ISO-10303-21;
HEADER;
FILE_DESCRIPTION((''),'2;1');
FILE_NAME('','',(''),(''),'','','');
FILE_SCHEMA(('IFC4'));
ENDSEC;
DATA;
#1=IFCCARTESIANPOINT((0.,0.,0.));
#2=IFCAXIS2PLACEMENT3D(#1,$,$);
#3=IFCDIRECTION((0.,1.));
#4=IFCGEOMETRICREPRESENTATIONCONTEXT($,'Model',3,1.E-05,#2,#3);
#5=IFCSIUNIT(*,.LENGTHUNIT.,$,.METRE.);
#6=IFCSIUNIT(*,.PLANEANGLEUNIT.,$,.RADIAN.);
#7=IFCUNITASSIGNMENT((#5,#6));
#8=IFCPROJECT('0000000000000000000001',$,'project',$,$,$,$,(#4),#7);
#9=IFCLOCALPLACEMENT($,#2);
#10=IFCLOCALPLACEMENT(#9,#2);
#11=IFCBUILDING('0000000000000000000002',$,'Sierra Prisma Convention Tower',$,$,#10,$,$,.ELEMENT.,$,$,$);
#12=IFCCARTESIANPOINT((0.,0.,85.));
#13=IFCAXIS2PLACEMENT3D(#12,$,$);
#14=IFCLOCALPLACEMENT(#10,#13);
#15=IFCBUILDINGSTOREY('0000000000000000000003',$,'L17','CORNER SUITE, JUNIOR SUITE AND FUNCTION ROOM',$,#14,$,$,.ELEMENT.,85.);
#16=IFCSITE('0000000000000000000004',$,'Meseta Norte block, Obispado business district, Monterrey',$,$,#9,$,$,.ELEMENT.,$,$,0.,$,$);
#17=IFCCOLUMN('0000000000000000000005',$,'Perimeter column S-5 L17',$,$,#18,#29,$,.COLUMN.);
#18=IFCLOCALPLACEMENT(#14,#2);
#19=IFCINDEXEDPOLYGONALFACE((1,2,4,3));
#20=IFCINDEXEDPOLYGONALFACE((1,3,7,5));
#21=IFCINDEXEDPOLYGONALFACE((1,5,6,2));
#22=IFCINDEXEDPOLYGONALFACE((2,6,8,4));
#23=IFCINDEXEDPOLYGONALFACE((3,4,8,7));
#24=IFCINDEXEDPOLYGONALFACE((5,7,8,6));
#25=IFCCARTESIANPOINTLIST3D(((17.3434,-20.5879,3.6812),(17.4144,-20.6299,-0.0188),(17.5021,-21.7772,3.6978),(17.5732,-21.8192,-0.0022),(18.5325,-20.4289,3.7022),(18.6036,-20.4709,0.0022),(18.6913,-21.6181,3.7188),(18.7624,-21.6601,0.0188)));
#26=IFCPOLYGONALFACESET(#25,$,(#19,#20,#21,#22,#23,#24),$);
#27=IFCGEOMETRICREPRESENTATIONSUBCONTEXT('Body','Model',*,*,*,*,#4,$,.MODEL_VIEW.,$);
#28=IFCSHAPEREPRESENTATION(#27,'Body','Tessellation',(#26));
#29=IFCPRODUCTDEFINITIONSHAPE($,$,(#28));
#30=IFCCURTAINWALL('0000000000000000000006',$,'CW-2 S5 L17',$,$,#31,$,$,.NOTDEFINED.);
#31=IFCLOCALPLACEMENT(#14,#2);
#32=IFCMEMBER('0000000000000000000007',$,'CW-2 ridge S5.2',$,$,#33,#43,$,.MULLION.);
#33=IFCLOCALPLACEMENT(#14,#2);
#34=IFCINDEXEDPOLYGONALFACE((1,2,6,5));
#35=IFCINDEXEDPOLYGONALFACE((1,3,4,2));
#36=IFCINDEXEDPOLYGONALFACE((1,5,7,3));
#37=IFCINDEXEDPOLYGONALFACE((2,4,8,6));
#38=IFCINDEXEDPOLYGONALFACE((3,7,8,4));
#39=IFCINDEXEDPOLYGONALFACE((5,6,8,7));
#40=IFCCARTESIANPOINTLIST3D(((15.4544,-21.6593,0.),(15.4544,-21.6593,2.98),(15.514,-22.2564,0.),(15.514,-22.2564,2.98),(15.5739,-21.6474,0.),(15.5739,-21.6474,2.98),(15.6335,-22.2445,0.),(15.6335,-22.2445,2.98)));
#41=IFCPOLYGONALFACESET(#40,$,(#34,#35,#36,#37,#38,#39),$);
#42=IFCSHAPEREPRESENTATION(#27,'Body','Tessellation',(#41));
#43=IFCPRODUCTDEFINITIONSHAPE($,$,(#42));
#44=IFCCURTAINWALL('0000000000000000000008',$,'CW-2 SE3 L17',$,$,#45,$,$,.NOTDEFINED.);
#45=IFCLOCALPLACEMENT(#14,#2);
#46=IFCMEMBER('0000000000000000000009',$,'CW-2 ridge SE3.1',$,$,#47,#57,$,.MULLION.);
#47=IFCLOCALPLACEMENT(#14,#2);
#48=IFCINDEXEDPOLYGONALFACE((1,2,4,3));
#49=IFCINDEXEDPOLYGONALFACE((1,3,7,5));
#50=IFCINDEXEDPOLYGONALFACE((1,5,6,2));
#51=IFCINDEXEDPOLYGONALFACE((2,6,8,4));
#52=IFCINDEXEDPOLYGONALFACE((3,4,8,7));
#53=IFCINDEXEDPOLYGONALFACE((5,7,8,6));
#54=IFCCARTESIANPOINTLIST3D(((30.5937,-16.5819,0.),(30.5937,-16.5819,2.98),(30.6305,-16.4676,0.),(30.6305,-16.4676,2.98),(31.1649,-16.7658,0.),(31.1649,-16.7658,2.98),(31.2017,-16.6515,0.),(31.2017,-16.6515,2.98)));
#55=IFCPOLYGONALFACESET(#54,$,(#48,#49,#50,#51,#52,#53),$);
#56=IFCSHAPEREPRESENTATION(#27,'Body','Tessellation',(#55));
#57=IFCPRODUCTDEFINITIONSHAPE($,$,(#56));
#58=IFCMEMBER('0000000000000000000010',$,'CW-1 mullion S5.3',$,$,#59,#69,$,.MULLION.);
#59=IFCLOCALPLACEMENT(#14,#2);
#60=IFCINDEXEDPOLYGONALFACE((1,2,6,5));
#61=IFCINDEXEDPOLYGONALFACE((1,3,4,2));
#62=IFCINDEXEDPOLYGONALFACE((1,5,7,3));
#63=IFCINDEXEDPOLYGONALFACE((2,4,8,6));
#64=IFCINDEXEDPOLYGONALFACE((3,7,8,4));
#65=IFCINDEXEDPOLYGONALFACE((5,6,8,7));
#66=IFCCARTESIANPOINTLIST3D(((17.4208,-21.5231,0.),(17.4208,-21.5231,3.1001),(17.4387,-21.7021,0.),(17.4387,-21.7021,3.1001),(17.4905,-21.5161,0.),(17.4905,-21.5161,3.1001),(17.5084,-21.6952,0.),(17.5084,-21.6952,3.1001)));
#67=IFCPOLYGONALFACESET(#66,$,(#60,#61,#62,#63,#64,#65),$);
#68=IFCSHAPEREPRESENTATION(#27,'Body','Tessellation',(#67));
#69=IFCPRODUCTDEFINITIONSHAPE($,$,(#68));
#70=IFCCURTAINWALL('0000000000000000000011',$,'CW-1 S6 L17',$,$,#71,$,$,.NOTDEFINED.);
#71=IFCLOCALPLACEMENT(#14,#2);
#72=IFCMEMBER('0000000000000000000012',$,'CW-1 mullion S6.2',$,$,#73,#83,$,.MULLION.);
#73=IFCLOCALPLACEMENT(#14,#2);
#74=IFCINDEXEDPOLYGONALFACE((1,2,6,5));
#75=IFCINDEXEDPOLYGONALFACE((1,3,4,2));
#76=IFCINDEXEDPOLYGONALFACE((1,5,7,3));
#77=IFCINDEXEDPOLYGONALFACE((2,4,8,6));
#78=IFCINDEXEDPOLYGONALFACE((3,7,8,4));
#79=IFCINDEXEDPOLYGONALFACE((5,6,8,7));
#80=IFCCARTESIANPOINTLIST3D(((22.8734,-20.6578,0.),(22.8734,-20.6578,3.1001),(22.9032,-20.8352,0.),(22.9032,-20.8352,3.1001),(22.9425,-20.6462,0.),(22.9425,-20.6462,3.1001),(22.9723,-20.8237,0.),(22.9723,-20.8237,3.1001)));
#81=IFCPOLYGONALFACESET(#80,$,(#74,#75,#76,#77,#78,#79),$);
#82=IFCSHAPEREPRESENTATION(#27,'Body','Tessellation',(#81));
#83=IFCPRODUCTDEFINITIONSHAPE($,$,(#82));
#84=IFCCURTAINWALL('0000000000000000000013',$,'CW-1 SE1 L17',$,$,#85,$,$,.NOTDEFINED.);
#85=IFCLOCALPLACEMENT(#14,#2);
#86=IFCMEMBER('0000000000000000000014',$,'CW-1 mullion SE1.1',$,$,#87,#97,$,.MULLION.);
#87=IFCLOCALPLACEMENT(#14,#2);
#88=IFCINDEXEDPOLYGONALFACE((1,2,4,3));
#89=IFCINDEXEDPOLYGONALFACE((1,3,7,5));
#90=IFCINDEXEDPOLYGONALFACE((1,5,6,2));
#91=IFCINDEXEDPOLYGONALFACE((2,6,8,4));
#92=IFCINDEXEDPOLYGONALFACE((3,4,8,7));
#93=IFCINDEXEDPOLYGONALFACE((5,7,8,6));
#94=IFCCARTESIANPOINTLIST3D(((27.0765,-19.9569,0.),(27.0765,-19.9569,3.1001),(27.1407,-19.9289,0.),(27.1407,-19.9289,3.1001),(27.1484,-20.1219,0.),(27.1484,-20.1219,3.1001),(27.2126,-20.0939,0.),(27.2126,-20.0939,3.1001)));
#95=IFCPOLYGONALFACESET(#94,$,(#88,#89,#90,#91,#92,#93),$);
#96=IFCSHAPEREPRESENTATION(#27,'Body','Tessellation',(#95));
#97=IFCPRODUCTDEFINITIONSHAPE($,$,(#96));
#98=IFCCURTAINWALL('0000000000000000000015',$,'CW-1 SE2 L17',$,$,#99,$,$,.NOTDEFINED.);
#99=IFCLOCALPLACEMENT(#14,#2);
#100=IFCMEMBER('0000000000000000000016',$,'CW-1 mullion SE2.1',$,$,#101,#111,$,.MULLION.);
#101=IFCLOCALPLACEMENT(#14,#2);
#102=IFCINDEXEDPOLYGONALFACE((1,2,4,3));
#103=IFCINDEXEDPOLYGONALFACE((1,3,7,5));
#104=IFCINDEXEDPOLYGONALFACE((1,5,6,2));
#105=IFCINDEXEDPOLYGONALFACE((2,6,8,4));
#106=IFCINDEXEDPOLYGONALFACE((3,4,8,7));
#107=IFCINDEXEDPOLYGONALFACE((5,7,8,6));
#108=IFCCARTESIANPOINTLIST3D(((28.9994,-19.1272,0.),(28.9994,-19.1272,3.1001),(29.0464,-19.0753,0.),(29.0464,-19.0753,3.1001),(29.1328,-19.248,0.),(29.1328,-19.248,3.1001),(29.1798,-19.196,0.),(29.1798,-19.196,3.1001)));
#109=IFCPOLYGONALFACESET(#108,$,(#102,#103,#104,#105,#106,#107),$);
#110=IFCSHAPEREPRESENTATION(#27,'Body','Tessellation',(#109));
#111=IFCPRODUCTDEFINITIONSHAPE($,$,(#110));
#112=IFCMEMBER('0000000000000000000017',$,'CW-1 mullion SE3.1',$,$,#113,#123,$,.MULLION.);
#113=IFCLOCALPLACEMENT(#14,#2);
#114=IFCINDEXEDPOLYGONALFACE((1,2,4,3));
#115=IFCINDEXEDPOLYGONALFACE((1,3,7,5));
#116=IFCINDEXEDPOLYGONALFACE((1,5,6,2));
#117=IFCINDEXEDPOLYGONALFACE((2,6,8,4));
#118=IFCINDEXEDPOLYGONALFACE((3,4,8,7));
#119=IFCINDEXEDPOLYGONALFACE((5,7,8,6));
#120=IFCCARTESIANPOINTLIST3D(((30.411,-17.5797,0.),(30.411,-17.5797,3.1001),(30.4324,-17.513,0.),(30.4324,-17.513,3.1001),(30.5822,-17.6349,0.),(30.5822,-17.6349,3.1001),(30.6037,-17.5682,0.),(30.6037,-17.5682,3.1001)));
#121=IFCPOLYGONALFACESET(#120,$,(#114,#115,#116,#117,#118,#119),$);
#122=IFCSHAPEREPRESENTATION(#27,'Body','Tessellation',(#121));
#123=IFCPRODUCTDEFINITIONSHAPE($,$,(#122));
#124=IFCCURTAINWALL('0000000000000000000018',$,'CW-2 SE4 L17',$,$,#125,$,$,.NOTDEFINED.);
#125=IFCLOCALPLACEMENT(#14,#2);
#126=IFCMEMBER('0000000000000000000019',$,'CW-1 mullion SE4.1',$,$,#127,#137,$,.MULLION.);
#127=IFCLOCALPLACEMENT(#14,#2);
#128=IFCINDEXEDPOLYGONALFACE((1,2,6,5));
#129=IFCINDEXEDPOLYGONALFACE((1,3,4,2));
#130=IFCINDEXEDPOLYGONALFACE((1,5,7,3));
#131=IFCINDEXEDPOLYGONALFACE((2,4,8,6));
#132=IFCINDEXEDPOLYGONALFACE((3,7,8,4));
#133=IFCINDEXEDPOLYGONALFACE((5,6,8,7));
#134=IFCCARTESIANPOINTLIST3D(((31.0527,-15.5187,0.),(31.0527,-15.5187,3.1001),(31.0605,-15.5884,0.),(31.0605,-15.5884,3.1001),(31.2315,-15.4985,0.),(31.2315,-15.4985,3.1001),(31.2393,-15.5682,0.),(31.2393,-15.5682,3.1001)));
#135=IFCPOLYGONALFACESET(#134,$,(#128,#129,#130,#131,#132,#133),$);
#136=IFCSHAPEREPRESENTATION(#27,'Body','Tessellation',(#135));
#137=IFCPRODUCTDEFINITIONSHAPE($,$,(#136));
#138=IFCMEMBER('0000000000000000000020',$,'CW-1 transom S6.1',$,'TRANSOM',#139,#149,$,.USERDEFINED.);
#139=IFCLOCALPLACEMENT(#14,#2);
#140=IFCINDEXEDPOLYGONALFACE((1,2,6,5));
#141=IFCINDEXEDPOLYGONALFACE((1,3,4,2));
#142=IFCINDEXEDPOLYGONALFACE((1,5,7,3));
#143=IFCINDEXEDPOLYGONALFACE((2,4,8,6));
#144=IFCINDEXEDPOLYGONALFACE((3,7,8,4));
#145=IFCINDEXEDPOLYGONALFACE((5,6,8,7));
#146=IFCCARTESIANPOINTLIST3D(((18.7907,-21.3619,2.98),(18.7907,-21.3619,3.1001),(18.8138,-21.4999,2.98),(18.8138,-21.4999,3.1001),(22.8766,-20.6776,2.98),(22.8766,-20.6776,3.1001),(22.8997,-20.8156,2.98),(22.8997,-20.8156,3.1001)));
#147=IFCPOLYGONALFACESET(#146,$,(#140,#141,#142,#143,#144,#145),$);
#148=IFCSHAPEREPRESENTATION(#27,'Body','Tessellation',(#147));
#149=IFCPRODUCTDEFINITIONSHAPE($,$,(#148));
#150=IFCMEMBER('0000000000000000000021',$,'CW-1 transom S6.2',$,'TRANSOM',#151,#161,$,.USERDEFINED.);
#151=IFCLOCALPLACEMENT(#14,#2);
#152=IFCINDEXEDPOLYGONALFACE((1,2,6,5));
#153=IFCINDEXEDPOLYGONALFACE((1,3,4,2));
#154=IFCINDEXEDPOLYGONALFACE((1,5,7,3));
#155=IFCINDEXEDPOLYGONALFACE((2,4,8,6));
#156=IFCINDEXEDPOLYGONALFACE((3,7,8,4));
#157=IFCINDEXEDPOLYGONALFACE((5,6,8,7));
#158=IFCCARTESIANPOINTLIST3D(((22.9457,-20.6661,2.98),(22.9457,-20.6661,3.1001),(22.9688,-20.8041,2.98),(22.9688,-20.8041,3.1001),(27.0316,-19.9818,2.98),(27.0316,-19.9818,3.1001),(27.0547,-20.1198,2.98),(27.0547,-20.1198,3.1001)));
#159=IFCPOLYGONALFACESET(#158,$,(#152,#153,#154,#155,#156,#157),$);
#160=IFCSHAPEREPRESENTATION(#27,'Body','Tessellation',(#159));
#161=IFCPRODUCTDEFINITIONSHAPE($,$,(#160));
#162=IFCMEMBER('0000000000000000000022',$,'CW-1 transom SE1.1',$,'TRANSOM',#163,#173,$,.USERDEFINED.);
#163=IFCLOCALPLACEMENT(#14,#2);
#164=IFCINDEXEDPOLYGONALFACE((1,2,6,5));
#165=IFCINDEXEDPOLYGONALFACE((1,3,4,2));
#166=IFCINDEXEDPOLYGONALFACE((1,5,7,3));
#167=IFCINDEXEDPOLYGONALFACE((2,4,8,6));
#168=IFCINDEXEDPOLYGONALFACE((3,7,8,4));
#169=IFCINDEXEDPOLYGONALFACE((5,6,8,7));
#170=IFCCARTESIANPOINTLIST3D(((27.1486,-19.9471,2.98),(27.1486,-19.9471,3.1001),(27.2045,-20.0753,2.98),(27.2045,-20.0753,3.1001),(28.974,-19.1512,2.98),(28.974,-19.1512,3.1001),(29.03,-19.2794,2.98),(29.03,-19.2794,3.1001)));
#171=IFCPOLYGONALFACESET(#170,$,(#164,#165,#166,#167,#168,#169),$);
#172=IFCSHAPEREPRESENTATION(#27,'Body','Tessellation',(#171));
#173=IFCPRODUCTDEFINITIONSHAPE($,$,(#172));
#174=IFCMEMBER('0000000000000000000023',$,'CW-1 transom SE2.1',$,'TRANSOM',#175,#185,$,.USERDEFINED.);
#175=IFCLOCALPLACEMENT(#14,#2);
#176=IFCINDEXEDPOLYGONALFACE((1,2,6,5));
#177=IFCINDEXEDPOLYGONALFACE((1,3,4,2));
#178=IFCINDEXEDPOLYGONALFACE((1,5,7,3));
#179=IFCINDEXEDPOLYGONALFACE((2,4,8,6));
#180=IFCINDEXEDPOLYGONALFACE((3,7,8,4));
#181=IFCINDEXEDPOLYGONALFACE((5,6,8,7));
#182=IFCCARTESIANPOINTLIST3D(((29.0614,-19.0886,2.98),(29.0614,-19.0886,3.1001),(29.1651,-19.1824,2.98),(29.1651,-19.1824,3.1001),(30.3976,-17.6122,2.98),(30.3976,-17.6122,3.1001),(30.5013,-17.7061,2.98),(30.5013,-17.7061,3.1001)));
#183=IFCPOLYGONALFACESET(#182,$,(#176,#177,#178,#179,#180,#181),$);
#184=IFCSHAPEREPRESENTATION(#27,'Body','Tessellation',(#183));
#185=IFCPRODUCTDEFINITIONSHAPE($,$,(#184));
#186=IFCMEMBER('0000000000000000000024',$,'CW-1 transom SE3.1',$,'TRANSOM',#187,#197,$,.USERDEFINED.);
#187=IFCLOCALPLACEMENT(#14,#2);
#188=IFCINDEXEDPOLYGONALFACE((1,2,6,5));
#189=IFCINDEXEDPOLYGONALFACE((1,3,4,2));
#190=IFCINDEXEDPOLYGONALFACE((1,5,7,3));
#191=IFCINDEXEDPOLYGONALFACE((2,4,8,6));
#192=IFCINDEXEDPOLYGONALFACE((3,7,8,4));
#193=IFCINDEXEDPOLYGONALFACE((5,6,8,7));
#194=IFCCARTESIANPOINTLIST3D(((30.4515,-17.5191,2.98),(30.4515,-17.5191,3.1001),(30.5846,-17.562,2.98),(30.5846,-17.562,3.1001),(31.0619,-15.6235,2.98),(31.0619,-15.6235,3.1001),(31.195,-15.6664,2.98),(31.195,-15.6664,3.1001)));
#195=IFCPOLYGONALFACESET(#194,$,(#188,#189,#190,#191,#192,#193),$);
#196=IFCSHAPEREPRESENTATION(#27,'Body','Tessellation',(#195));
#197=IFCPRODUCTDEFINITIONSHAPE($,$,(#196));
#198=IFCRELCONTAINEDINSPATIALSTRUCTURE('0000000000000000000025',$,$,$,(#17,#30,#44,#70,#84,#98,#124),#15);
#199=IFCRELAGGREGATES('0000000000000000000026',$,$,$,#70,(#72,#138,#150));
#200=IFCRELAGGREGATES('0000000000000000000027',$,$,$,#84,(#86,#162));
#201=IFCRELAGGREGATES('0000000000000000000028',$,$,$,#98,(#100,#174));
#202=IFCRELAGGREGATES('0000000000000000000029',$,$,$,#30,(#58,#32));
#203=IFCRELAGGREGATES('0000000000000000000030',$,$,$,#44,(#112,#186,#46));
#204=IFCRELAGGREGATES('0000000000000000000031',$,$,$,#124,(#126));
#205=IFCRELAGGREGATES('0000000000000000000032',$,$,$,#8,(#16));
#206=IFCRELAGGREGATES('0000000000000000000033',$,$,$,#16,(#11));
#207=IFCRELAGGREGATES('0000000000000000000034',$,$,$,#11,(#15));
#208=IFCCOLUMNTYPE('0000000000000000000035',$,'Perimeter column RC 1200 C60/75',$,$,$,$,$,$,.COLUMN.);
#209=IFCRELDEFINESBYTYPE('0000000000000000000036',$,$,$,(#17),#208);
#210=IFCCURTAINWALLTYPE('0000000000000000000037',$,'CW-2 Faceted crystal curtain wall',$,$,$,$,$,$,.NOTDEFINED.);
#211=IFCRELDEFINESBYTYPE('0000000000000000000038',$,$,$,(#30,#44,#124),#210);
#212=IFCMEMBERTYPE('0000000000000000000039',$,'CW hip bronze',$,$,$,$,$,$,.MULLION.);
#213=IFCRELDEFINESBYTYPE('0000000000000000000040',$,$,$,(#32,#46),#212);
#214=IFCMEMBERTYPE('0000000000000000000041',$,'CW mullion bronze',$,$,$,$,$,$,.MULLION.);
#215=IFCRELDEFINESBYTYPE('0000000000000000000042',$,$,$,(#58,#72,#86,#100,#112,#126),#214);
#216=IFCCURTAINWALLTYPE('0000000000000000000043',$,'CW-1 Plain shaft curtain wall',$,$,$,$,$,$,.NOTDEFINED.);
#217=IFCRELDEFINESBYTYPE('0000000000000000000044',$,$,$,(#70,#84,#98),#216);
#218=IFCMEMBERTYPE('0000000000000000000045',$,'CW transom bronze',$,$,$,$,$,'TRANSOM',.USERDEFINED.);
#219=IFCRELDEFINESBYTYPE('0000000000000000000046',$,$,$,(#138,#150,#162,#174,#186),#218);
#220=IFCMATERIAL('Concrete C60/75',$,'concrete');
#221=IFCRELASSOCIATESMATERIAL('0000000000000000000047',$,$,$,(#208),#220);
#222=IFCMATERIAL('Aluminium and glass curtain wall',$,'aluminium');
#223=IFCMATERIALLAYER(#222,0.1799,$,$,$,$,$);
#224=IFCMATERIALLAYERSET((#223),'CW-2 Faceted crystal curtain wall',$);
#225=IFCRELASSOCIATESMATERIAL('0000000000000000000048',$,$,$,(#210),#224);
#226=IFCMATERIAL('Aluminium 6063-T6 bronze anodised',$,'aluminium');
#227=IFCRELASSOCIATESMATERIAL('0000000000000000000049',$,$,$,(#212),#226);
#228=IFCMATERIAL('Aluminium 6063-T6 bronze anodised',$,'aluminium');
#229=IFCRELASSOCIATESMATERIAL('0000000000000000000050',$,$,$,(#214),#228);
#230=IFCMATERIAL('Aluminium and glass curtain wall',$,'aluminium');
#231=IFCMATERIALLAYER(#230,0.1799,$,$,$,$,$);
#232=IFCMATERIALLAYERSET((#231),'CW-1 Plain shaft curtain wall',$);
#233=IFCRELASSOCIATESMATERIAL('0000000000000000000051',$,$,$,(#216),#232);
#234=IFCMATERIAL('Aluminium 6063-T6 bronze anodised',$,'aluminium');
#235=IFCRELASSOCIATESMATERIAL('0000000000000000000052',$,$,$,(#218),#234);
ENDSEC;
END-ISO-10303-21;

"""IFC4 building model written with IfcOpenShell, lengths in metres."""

from ifc_helpers import new_model, si_unit, direction, frame, origin, origin_2d, place, context, subcontext, project, spatial, rectangle, extrude, material, layer, layer_set, material_profile, profile_set, type_object, element, aggregate, save


model = new_model("IFC4")

# Units and contexts
model_context = context("Model", 3, precision=1e-05, world=origin(), true_north=direction((0.0, 1.0)))
body_context = subcontext(model_context, "Body", "Model", "MODEL_VIEW")
ifc_project = project(units=[si_unit("LENGTHUNIT", "METRE"), si_unit("PLANEANGLEUNIT", "RADIAN")], contexts=[model_context])

# Site, building, storey
site_placement = place(None, origin())
site = spatial("IfcSite", under=ifc_project, at=site_placement, Name="Meseta Norte block, Obispado business district, Monterrey", CompositionType="ELEMENT", RefElevation=0.0)
building_placement = place(site_placement, origin())
building = spatial("IfcBuilding", under=site, at=building_placement, Name="Sierra Prisma Convention Tower", CompositionType="ELEMENT")
storey_placement = place(building_placement, frame((0.0, 0.0, 85.0)))
storey = spatial("IfcBuildingStorey", under=building, at=storey_placement, Name="L17", Description="CORNER SUITE, JUNIOR SUITE AND FUNCTION ROOM", CompositionType="ELEMENT", Elevation=85.0)

# Column
ifc_material_1 = material(Name="Concrete C60/75", Category="concrete")
ifc_material_profile_1 = material_profile(ifc_material_1, rectangle(XDim=1.2, YDim=1.2, at=origin_2d()), Name="Perimeter column RC 1200 C60/75")
ifc_profile_set_1 = profile_set([ifc_material_profile_1], Name="Concrete C60/75")
column_type = type_object("IfcColumnType", Name="Perimeter column RC 1200 C60/75", PredefinedType="COLUMN", material=ifc_profile_set_1)
column_placement = place(storey_placement, frame((18.0884, -21.145, 0.0), z_axis=(-0.019197, 0.011347, 0.999751), x_axis=(0.991022, 0.132545, 0.017525)))
element("IfcColumn", 1, at=column_placement, inside=storey, type_object=column_type, Name="Perimeter column S-5 L17", PredefinedType="COLUMN", context=body_context, shape_type="SweptSolid", body=[
    extrude(rectangle(XDim=1.2, YDim=1.2, at=origin_2d()), origin(), (0.0, 0.0, 1.0), 3.7009),
])

# Curtain walls, members
ifc_material_2 = material(Name="Aluminium and glass curtain wall", Category="aluminium")
ifc_layer_1 = layer(ifc_material_2, 0.1799)
ifc_layer_set_1 = layer_set([ifc_layer_1], Name="CW-2 Faceted crystal curtain wall")
curtain_wall_type_1 = type_object("IfcCurtainWallType", Name="CW-2 Faceted crystal curtain wall", PredefinedType="NOTDEFINED", material=ifc_layer_set_1)
curtain_wall_1_placement = place(storey_placement, origin())
curtain_wall_1 = element("IfcCurtainWall", 2, at=curtain_wall_1_placement, inside=storey, type_object=curtain_wall_type_1, Name="CW-2 S5 L17", PredefinedType="NOTDEFINED")
ifc_material_3 = material(Name="Aluminium 6063-T6 bronze anodised", Category="aluminium")
ifc_material_profile_2 = material_profile(ifc_material_3, rectangle(XDim=0.1201, YDim=0.6001, at=origin_2d()), Name="ALU RIDGE BLADE 120x600")
ifc_profile_set_2 = profile_set([ifc_material_profile_2], Name="Aluminium 6063-T6 bronze anodised")
member_type_1 = type_object("IfcMemberType", Name="CW hip bronze", PredefinedType="MULLION", material=ifc_profile_set_2)
member_1_placement = place(storey_placement, frame((15.5439, -21.9519, 0.0), z_axis=(0.0, 0.0, 1.0), x_axis=(0.995049, 0.099381, 0.0)))
member_1 = element("IfcMember", 3, at=member_1_placement, type_object=member_type_1, Name="CW-2 ridge S5.2", PredefinedType="MULLION", context=body_context, shape_type="SweptSolid", body=[
    extrude(rectangle(XDim=0.1201, YDim=0.6001, at=origin_2d()), origin(), (0.0, 0.0, 1.0), 2.98),
])
curtain_wall_2_placement = place(storey_placement, origin())
curtain_wall_2 = element("IfcCurtainWall", 4, at=curtain_wall_2_placement, inside=storey, type_object=curtain_wall_type_1, Name="CW-2 SE3 L17", PredefinedType="NOTDEFINED")
member_2_placement = place(storey_placement, frame((30.8977, -16.6167, 0.0), z_axis=(0.0, 0.0, 1.0), x_axis=(0.306555, 0.951853, 0.0)))
member_2 = element("IfcMember", 5, at=member_2_placement, type_object=member_type_1, Name="CW-2 ridge SE3.1", PredefinedType="MULLION", context=body_context, shape_type="SweptSolid", body=[
    extrude(rectangle(XDim=0.1201, YDim=0.6001, at=origin_2d()), origin(), (0.0, 0.0, 1.0), 2.98),
])

# Member
ifc_material_4 = material(Name="Aluminium 6063-T6 bronze anodised", Category="aluminium")
ifc_material_profile_3 = material_profile(ifc_material_4, rectangle(XDim=0.1799, YDim=0.0701, at=origin_2d()), Name="ALU MULLION 70x180")
ifc_profile_set_3 = profile_set([ifc_material_profile_3], Name="Aluminium 6063-T6 bronze anodised")
member_type_2 = type_object("IfcMemberType", Name="CW mullion bronze", PredefinedType="MULLION", material=ifc_profile_set_3)
member_3_placement = place(storey_placement, frame((17.4646, -21.6091, 0.0), z_axis=(0.0, 0.0, 1.0), x_axis=(-0.099381, 0.995049, 0.0)))
member_3 = element("IfcMember", 6, at=member_3_placement, type_object=member_type_2, Name="CW-1 mullion S5.3", PredefinedType="MULLION", context=body_context, shape_type="SweptSolid", body=[
    extrude(rectangle(XDim=0.1799, YDim=0.0701, at=origin_2d()), origin(), (0.0, 0.0, 1.0), 3.1001),
])

# Curtain walls, members
ifc_material_5 = material(Name="Aluminium and glass curtain wall", Category="aluminium")
ifc_layer_2 = layer(ifc_material_5, 0.1799)
ifc_layer_set_2 = layer_set([ifc_layer_2], Name="CW-1 Plain shaft curtain wall")
curtain_wall_type_2 = type_object("IfcCurtainWallType", Name="CW-1 Plain shaft curtain wall", PredefinedType="NOTDEFINED", material=ifc_layer_set_2)
curtain_wall_3_placement = place(storey_placement, origin())
curtain_wall_3 = element("IfcCurtainWall", 7, at=curtain_wall_3_placement, inside=storey, type_object=curtain_wall_type_2, Name="CW-1 S6 L17", PredefinedType="NOTDEFINED")
member_4_placement = place(storey_placement, frame((22.9229, -20.7407, 0.0), z_axis=(0.0, 0.0, 1.0), x_axis=(-0.165149, 0.986269, 0.0)))
member_4 = element("IfcMember", 8, at=member_4_placement, type_object=member_type_2, Name="CW-1 mullion S6.2", PredefinedType="MULLION", context=body_context, shape_type="SweptSolid", body=[
    extrude(rectangle(XDim=0.1799, YDim=0.0701, at=origin_2d()), origin(), (0.0, 0.0, 1.0), 3.1001),
])
curtain_wall_4_placement = place(storey_placement, origin())
curtain_wall_4 = element("IfcCurtainWall", 9, at=curtain_wall_4_placement, inside=storey, type_object=curtain_wall_type_2, Name="CW-1 SE1 L17", PredefinedType="NOTDEFINED")
member_5_placement = place(storey_placement, frame((27.1445, -20.0254, 0.0), z_axis=(0.0, 0.0, 1.0), x_axis=(-0.399634, 0.916675, 0.0)))
member_5 = element("IfcMember", 10, at=member_5_placement, type_object=member_type_2, Name="CW-1 mullion SE1.1", PredefinedType="MULLION", context=body_context, shape_type="SweptSolid", body=[
    extrude(rectangle(XDim=0.1799, YDim=0.0701, at=origin_2d()), origin(), (0.0, 0.0, 1.0), 3.1001),
])
curtain_wall_5_placement = place(storey_placement, origin())
curtain_wall_5 = element("IfcCurtainWall", 11, at=curtain_wall_5_placement, inside=storey, type_object=curtain_wall_type_2, Name="CW-1 SE2 L17", PredefinedType="NOTDEFINED")
member_6_placement = place(storey_placement, frame((29.0896, -19.1616, 0.0), z_axis=(0.0, 0.0, 1.0), x_axis=(-0.741411, 0.671051, 0.0)))
member_6 = element("IfcMember", 12, at=member_6_placement, type_object=member_type_2, Name="CW-1 mullion SE2.1", PredefinedType="MULLION", context=body_context, shape_type="SweptSolid", body=[
    extrude(rectangle(XDim=0.1799, YDim=0.0701, at=origin_2d()), origin(), (0.0, 0.0, 1.0), 3.1001),
])

# Member
member_7_placement = place(storey_placement, frame((30.5073, -17.574, 0.0), z_axis=(0.0, 0.0, 1.0), x_axis=(-0.951853, 0.306555, 0.0)))
member_7 = element("IfcMember", 13, at=member_7_placement, type_object=member_type_2, Name="CW-1 mullion SE3.1", PredefinedType="MULLION", context=body_context, shape_type="SweptSolid", body=[
    extrude(rectangle(XDim=0.1799, YDim=0.0701, at=origin_2d()), origin(), (0.0, 0.0, 1.0), 3.1001),
])

# Curtain wall, member
curtain_wall_6_placement = place(storey_placement, origin())
curtain_wall_6 = element("IfcCurtainWall", 14, at=curtain_wall_6_placement, inside=storey, type_object=curtain_wall_type_1, Name="CW-2 SE4 L17", PredefinedType="NOTDEFINED")
member_8_placement = place(storey_placement, frame((31.146, -15.5435, 0.0), z_axis=(0.0, 0.0, 1.0), x_axis=(-0.993681, -0.112244, 0.0)))
member_8 = element("IfcMember", 15, at=member_8_placement, type_object=member_type_2, Name="CW-1 mullion SE4.1", PredefinedType="MULLION", context=body_context, shape_type="SweptSolid", body=[
    extrude(rectangle(XDim=0.1799, YDim=0.0701, at=origin_2d()), origin(), (0.0, 0.0, 1.0), 3.1001),
])

# Members
ifc_material_6 = material(Name="Aluminium 6063-T6 bronze anodised", Category="aluminium")
ifc_material_profile_4 = material_profile(ifc_material_6, rectangle(XDim=0.1399, YDim=0.1201, at=origin_2d()), Name="ALU TRANSOM 120x140")
ifc_profile_set_4 = profile_set([ifc_material_profile_4], Name="Aluminium 6063-T6 bronze anodised")
member_type_3 = type_object("IfcMemberType", Name="CW transom bronze", ElementType="TRANSOM", PredefinedType="USERDEFINED", material=ifc_profile_set_4)
member_9_placement = place(storey_placement, frame((18.8022, -21.4309, 3.04), z_axis=(0.986263, 0.165183, 0.0), x_axis=(-0.165183, 0.986263, 0.0)))
member_9 = element("IfcMember", 16, at=member_9_placement, type_object=member_type_3, Name="CW-1 transom S6.1", ObjectType="TRANSOM", PredefinedType="USERDEFINED", context=body_context, shape_type="SweptSolid", body=[
    extrude(rectangle(XDim=0.1399, YDim=0.1201, at=origin_2d()), origin(), (0.0, 0.0, 1.0), 4.1428),
])
member_10_placement = place(storey_placement, frame((22.9573, -20.7351, 3.04), z_axis=(0.986263, 0.165183, 0.0), x_axis=(-0.165183, 0.986263, 0.0)))
member_10 = element("IfcMember", 17, at=member_10_placement, type_object=member_type_3, Name="CW-1 transom S6.2", ObjectType="TRANSOM", PredefinedType="USERDEFINED", context=body_context, shape_type="SweptSolid", body=[
    extrude(rectangle(XDim=0.1399, YDim=0.1201, at=origin_2d()), origin(), (0.0, 0.0, 1.0), 4.1428),
])
member_11_placement = place(storey_placement, frame((27.1765, -20.0112, 3.04), z_axis=(0.91666, 0.399667, 0.0), x_axis=(-0.399667, 0.91666, 0.0)))
member_11 = element("IfcMember", 18, at=member_11_placement, type_object=member_type_3, Name="CW-1 transom SE1.1", ObjectType="TRANSOM", PredefinedType="USERDEFINED", context=body_context, shape_type="SweptSolid", body=[
    extrude(rectangle(XDim=0.1399, YDim=0.1201, at=origin_2d()), origin(), (0.0, 0.0, 1.0), 1.9915),
])
member_12_placement = place(storey_placement, frame((29.1133, -19.1355, 3.04), z_axis=(0.671042, 0.74142, 0.0), x_axis=(-0.74142, 0.671042, 0.0)))
member_12 = element("IfcMember", 19, at=member_12_placement, type_object=member_type_3, Name="CW-1 transom SE2.1", ObjectType="TRANSOM", PredefinedType="USERDEFINED", context=body_context, shape_type="SweptSolid", body=[
    extrude(rectangle(XDim=0.1399, YDim=0.1201, at=origin_2d()), origin(), (0.0, 0.0, 1.0), 1.9912),
])
member_13_placement = place(storey_placement, frame((30.5181, -17.5405, 3.04), z_axis=(0.306501, 0.95187, 0.0), x_axis=(-0.95187, 0.306501, 0.0)))
member_13 = element("IfcMember", 20, at=member_13_placement, type_object=member_type_3, Name="CW-1 transom SE3.1", ObjectType="TRANSOM", PredefinedType="USERDEFINED", context=body_context, shape_type="SweptSolid", body=[
    extrude(rectangle(XDim=0.1399, YDim=0.1201, at=origin_2d()), origin(), (0.0, 0.0, 1.0), 1.9915),
])

aggregate(curtain_wall_3, [member_4, member_9, member_10])
aggregate(curtain_wall_4, [member_5, member_11])
aggregate(curtain_wall_5, [member_6, member_12])
aggregate(curtain_wall_1, [member_3, member_1])
aggregate(curtain_wall_2, [member_7, member_13, member_2])
aggregate(curtain_wall_6, [member_8])

save(model, "model.ifc")
